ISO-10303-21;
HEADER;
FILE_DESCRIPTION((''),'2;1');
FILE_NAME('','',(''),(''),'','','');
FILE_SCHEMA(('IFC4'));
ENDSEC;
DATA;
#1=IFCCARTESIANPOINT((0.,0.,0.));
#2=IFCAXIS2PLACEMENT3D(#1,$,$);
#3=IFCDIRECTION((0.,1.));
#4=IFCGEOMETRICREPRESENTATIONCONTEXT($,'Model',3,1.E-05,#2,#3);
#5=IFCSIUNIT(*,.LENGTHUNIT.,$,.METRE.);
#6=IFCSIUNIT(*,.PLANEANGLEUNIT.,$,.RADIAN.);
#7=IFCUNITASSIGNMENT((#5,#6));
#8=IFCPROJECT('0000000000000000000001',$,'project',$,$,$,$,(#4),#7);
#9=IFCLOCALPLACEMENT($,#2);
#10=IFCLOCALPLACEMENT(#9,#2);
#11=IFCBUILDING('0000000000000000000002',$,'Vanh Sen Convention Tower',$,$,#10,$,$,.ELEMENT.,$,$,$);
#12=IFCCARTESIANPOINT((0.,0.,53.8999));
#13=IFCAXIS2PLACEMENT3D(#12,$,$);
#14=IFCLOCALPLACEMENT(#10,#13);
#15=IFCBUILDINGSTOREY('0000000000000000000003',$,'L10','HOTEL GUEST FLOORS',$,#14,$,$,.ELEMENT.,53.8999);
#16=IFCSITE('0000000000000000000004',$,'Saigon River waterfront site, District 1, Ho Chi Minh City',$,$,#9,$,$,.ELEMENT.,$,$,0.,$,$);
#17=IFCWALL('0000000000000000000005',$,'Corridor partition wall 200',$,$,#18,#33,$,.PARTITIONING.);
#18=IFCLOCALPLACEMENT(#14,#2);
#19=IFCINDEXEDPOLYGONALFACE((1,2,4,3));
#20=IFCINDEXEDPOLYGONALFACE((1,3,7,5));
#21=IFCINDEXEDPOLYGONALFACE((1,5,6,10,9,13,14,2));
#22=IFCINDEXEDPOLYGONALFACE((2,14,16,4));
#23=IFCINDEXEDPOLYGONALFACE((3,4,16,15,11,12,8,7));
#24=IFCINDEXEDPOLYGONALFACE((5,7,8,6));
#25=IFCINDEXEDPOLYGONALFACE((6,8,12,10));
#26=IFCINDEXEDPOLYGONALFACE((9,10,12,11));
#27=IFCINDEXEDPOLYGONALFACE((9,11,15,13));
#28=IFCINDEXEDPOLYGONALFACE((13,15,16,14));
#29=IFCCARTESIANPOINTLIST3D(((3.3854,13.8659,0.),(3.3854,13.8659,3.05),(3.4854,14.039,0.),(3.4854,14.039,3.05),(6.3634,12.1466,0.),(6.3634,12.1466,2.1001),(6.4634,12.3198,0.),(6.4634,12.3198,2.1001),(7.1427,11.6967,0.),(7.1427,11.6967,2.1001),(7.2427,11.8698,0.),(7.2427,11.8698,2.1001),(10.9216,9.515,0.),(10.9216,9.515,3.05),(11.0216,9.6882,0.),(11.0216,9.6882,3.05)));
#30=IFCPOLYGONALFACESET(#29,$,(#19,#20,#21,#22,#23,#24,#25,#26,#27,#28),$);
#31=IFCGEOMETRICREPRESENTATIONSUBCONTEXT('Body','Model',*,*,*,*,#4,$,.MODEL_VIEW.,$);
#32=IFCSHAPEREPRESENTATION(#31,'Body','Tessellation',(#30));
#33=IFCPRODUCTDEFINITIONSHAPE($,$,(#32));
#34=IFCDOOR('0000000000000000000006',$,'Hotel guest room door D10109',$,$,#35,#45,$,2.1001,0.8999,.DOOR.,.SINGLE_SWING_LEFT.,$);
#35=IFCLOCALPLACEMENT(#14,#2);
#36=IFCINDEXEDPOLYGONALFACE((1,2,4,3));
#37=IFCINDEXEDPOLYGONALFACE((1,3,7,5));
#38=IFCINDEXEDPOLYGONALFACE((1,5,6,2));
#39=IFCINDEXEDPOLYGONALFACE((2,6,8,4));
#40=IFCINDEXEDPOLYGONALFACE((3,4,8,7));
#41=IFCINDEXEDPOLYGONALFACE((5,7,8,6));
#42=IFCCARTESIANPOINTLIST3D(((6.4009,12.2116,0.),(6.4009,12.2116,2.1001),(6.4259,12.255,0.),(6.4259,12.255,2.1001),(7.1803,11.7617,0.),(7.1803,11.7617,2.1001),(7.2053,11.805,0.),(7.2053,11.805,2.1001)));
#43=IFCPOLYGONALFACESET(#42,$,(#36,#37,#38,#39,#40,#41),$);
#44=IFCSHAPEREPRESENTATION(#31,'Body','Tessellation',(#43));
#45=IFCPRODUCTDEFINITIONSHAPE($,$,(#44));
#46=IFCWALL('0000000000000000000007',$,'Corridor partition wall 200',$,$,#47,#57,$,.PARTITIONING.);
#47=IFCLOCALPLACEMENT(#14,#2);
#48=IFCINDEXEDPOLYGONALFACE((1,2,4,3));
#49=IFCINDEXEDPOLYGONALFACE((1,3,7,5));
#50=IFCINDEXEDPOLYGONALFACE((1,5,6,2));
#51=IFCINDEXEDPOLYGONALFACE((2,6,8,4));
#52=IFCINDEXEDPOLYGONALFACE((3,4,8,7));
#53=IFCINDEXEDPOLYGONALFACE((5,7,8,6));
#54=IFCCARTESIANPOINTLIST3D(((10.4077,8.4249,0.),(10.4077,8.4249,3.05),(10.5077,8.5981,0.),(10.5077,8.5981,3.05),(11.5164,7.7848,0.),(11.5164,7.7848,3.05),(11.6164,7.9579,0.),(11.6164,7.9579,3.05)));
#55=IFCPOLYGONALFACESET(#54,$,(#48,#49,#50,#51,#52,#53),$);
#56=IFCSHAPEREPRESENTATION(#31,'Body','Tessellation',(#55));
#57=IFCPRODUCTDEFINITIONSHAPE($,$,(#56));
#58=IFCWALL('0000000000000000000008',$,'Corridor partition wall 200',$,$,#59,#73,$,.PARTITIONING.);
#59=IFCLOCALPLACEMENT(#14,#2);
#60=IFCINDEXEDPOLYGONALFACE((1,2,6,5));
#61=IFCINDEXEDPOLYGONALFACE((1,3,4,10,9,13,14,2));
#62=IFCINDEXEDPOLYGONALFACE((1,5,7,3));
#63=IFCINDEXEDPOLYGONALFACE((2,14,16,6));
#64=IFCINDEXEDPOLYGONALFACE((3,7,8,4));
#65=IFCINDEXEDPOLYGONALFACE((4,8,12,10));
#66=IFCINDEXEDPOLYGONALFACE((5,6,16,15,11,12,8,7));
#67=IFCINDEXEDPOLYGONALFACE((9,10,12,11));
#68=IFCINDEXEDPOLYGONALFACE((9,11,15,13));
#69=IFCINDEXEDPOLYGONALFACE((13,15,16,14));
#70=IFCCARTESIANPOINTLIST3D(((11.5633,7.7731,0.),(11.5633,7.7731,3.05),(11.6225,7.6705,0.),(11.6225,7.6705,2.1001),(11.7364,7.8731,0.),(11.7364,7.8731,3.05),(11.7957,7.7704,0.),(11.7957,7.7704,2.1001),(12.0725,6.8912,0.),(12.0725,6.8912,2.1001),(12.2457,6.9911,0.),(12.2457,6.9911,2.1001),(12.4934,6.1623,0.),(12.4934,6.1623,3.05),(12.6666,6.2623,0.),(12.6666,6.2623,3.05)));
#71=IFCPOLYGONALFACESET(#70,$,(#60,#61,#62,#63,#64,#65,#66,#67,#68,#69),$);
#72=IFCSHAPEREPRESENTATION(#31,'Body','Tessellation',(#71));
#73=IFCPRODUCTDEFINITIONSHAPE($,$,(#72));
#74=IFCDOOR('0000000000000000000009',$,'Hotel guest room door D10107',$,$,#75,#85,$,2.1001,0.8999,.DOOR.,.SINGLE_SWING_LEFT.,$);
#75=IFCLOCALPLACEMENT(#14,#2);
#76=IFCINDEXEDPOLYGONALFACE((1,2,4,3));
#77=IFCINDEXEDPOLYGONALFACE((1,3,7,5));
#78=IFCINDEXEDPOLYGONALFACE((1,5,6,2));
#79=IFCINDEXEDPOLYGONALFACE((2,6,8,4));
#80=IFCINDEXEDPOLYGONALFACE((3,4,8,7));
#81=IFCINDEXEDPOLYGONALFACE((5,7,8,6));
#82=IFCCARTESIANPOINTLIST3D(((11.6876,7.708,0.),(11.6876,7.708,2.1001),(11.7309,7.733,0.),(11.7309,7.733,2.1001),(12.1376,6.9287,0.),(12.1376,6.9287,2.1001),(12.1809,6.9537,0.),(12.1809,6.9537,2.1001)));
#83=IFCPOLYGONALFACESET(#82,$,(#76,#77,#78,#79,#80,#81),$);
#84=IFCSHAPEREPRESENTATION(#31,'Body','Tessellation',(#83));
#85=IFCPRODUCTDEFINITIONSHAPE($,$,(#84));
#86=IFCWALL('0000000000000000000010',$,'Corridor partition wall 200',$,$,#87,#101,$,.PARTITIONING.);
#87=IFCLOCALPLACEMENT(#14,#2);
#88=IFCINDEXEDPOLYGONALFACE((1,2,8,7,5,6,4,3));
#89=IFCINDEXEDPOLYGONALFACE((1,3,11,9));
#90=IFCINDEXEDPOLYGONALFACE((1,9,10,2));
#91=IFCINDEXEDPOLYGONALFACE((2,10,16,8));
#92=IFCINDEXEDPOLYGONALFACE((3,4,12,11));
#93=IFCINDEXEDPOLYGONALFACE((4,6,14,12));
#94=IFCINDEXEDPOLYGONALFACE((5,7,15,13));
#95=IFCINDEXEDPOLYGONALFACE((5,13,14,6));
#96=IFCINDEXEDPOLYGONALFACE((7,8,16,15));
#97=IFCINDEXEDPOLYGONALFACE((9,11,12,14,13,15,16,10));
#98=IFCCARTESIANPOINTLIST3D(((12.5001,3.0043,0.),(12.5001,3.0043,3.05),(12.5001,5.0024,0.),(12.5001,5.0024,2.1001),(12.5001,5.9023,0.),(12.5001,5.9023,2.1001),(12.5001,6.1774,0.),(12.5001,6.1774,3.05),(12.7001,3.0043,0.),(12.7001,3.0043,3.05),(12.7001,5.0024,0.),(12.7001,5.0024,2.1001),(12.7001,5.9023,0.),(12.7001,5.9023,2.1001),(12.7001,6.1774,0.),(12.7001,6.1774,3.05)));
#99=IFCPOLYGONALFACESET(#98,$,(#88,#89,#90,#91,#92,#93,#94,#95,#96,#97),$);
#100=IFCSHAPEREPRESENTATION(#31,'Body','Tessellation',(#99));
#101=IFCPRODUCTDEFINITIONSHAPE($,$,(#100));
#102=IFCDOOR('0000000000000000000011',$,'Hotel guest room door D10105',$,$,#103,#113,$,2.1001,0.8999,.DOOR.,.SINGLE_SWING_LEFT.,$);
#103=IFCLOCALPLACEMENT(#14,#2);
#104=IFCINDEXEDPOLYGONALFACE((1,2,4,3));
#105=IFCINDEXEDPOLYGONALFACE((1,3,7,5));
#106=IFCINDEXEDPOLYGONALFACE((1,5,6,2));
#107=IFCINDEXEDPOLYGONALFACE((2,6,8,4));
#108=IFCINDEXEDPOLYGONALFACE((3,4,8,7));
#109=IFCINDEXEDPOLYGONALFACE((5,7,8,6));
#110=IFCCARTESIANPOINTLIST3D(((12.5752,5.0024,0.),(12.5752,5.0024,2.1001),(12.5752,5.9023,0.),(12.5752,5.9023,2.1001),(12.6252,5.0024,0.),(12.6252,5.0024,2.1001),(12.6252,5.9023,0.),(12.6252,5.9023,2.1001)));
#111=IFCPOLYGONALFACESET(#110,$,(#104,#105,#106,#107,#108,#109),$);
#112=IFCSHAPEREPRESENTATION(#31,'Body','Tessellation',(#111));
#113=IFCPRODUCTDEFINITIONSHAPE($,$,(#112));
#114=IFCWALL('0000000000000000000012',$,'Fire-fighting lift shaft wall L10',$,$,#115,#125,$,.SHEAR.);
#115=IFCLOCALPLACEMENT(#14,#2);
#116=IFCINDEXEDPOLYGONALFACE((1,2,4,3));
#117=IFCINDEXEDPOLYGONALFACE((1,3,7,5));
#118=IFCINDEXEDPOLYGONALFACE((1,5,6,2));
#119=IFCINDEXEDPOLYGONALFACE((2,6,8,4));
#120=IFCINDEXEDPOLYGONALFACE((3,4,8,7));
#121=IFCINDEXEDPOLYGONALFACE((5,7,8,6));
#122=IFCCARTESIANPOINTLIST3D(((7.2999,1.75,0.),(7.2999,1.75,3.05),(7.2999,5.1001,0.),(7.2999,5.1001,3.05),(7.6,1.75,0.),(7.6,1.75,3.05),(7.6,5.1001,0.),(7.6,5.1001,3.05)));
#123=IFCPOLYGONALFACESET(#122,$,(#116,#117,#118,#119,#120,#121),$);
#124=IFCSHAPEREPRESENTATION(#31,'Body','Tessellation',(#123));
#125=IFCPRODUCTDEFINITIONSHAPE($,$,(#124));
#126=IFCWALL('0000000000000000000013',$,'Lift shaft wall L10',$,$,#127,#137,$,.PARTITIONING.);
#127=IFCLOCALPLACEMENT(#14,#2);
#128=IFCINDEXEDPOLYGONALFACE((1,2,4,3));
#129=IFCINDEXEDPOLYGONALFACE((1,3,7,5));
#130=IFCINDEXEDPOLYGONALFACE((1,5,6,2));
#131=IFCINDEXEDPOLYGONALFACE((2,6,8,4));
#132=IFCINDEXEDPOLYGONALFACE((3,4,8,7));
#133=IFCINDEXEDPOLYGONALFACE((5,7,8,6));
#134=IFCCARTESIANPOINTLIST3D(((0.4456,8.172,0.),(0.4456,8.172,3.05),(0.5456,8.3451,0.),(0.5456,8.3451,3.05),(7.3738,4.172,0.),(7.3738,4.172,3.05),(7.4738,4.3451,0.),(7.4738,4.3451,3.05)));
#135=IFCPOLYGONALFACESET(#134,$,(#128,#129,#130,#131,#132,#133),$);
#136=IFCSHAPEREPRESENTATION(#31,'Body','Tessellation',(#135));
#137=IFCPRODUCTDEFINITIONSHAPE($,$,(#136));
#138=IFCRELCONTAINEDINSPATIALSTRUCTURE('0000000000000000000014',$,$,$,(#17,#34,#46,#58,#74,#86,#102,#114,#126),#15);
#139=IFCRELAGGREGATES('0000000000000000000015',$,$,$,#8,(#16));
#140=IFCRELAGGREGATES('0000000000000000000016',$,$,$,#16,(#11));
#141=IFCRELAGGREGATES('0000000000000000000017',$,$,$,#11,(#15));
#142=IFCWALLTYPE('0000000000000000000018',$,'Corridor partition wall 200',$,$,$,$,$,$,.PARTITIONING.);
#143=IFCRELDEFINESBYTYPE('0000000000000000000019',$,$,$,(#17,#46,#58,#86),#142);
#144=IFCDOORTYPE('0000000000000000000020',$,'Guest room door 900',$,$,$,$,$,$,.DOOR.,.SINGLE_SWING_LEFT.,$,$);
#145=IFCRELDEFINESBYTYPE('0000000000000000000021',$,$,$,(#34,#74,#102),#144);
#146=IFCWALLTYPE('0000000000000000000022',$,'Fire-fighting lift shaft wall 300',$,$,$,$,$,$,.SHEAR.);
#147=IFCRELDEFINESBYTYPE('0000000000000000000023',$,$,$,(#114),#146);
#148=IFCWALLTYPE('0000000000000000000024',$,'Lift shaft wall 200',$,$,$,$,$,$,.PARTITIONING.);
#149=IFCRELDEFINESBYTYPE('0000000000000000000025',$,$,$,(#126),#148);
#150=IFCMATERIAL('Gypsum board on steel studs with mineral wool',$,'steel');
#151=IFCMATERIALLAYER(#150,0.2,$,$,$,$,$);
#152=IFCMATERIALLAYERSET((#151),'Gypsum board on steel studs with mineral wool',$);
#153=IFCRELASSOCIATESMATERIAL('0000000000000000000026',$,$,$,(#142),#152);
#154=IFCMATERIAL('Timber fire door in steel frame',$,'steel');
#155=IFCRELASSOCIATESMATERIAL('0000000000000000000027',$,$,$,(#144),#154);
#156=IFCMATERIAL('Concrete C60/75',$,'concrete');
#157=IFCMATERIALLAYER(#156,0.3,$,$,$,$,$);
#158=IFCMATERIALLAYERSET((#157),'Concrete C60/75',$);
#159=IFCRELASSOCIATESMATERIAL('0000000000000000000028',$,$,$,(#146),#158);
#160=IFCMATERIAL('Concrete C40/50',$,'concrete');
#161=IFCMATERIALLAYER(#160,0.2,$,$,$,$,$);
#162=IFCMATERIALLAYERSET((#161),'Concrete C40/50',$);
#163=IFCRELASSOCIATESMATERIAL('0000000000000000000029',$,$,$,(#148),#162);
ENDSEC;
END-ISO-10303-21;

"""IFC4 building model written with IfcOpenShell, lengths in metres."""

from ifc_helpers import new_model, si_unit, direction, frame, frame_2d, origin, place, context, subcontext, project, spatial, rectangle, extrude, material, layer, layer_set, type_object, element, fill, save


model = new_model("IFC4")

# Units and contexts
model_context = context("Model", 3, precision=1e-05, world=origin(), true_north=direction((0.0, 1.0)))
body_context = subcontext(model_context, "Body", "Model", "MODEL_VIEW")
ifc_project = project(units=[si_unit("LENGTHUNIT", "METRE"), si_unit("PLANEANGLEUNIT", "RADIAN")], contexts=[model_context])

# Site, building, storey
site_placement = place(None, origin())
site = spatial("IfcSite", under=ifc_project, at=site_placement, Name="Saigon River waterfront site, District 1, Ho Chi Minh City", CompositionType="ELEMENT", RefElevation=0.0)
building_placement = place(site_placement, origin())
building = spatial("IfcBuilding", under=site, at=building_placement, Name="Vanh Sen Convention Tower", CompositionType="ELEMENT")
storey_placement = place(building_placement, frame((0.0, 0.0, 53.8999)))
storey = spatial("IfcBuildingStorey", under=building, at=storey_placement, Name="L10", Description="HOTEL GUEST FLOORS", CompositionType="ELEMENT", Elevation=53.8999)

# Shared definitions
ifc_material_1 = material(Name="Gypsum board on steel studs with mineral wool", Category="steel")
ifc_layer_1 = layer(ifc_material_1, 0.2)
ifc_layer_set_1 = layer_set([ifc_layer_1], Name="Gypsum board on steel studs with mineral wool")
wall_type_1 = type_object("IfcWallType", Name="Corridor partition wall 200", PredefinedType="PARTITIONING", material=ifc_layer_set_1)

# Wall, opening, door
wall_1_placement = place(storey_placement, frame((10.9717, 9.6016, 0.0), z_axis=(0.0, 0.0, 1.0), x_axis=(-0.866033, 0.499986, 0.0)))
wall_1 = element("IfcWall", 1, at=wall_1_placement, inside=storey, type_object=wall_type_1, Name="Corridor partition wall 200", PredefinedType="PARTITIONING", context=body_context, shape_type="SweptSolid", body=[
    extrude(rectangle(XDim=8.7019, YDim=0.2, at=frame_2d((4.3511, 0.0))), origin(), (0.0, 0.0, 1.0), 3.05),
])
opening_1_placement = place(wall_1_placement, frame((4.3635, 0.0, 0.0)))
opening_1 = element("IfcOpeningElement", 2, at=opening_1_placement, cuts=wall_1, PredefinedType="OPENING", context=body_context, shape_type="SweptSolid", body=[
    extrude(rectangle(XDim=0.8999, YDim=2.1001, at=frame_2d((0.45, 1.05))), frame((0.0, 0.1099, 0.0), z_axis=(0.0, -1.0, 0.0), x_axis=(1.0, 0.0, 0.0)), (0.0, 0.0, 1.0), 0.22),
])
ifc_material_2 = material(Name="Timber fire door in steel frame", Category="steel")
door_type_1 = type_object("IfcDoorType", Name="Guest room door 900", OperationType="SINGLE_SWING_LEFT", PredefinedType="DOOR", material=ifc_material_2)
door_1_placement = place(opening_1_placement, origin())
door_1 = element("IfcDoor", 3, at=door_1_placement, inside=storey, type_object=door_type_1, Name="Hotel guest room door D10109", OperationType="SINGLE_SWING_LEFT", OverallHeight=2.1001, OverallWidth=0.8999, PredefinedType="DOOR", context=body_context, shape_type="SweptSolid", body=[
    extrude(rectangle(XDim=0.8999, YDim=2.1001, at=frame_2d((0.45, 1.05))), frame((0.0, 0.0249, 0.0), z_axis=(0.0, -1.0, 0.0), x_axis=(1.0, 0.0, 0.0)), (0.0, 0.0, 1.0), 0.05),
])
fill(opening_1, door_1)

# Wall
wall_2_placement = place(storey_placement, frame((11.5664, 7.8713, 0.0), z_axis=(0.0, 0.0, 1.0), x_axis=(-0.866005, 0.500036, 0.0)))
element("IfcWall", 4, at=wall_2_placement, inside=storey, type_object=wall_type_1, Name="Corridor partition wall 200", PredefinedType="PARTITIONING", context=body_context, shape_type="SweptSolid", body=[
    extrude(rectangle(XDim=1.2803, YDim=0.2, at=frame_2d((0.6401, 0.0))), origin(), (0.0, 0.0, 1.0), 3.05),
])

# Walls, openings, doors
wall_3_placement = place(storey_placement, frame((12.5801, 6.2122, 0.0), z_axis=(0.0, 0.0, 1.0), x_axis=(-0.500063, 0.865989, 0.0)))
wall_3 = element("IfcWall", 5, at=wall_3_placement, inside=storey, type_object=wall_type_1, Name="Corridor partition wall 200", PredefinedType="PARTITIONING", context=body_context, shape_type="SweptSolid", body=[
    extrude(rectangle(XDim=1.8601, YDim=0.2, at=frame_2d((0.9302, 0.0))), origin(), (0.0, 0.0, 1.0), 3.05),
])
opening_2_placement = place(wall_3_placement, frame((0.8418, 0.0, 0.0)))
opening_2 = element("IfcOpeningElement", 6, at=opening_2_placement, cuts=wall_3, PredefinedType="OPENING", context=body_context, shape_type="SweptSolid", body=[
    extrude(rectangle(XDim=0.8999, YDim=2.1001, at=frame_2d((0.45, 1.05))), frame((0.0, 0.1099, 0.0), z_axis=(0.0, -1.0, 0.0), x_axis=(1.0, 0.0, 0.0)), (0.0, 0.0, 1.0), 0.22),
])
door_2_placement = place(opening_2_placement, origin())
door_2 = element("IfcDoor", 7, at=door_2_placement, inside=storey, type_object=door_type_1, Name="Hotel guest room door D10107", OperationType="SINGLE_SWING_LEFT", OverallHeight=2.1001, OverallWidth=0.8999, PredefinedType="DOOR", context=body_context, shape_type="SweptSolid", body=[
    extrude(rectangle(XDim=0.8999, YDim=2.1001, at=frame_2d((0.45, 1.05))), frame((0.0, 0.0249, 0.0), z_axis=(0.0, -1.0, 0.0), x_axis=(1.0, 0.0, 0.0)), (0.0, 0.0, 1.0), 0.05),
])
fill(opening_2, door_2)
wall_4_placement = place(storey_placement, frame((12.6001, 3.0044, 0.0), z_axis=(0.0, 0.0, 1.0), x_axis=(0.0, 1.0, 0.0)))
wall_4 = element("IfcWall", 8, at=wall_4_placement, inside=storey, type_object=wall_type_1, Name="Corridor partition wall 200", PredefinedType="PARTITIONING", context=body_context, shape_type="SweptSolid", body=[
    extrude(rectangle(XDim=3.1731, YDim=0.2, at=frame_2d((1.5864, 0.0))), origin(), (0.0, 0.0, 1.0), 3.05),
])
opening_3_placement = place(wall_4_placement, frame((1.998, 0.0, 0.0)))
opening_3 = element("IfcOpeningElement", 9, at=opening_3_placement, cuts=wall_4, PredefinedType="OPENING", context=body_context, shape_type="SweptSolid", body=[
    extrude(rectangle(XDim=0.8999, YDim=2.1001, at=frame_2d((0.45, 1.05))), frame((0.0, 0.1099, 0.0), z_axis=(0.0, -1.0, 0.0), x_axis=(1.0, 0.0, 0.0)), (0.0, 0.0, 1.0), 0.22),
])
door_3_placement = place(opening_3_placement, origin())
door_3 = element("IfcDoor", 10, at=door_3_placement, inside=storey, type_object=door_type_1, Name="Hotel guest room door D10105", OperationType="SINGLE_SWING_LEFT", OverallHeight=2.1001, OverallWidth=0.8999, PredefinedType="DOOR", context=body_context, shape_type="SweptSolid", body=[
    extrude(rectangle(XDim=0.8999, YDim=2.1001, at=frame_2d((0.45, 1.05))), frame((0.0, 0.0249, 0.0), z_axis=(0.0, -1.0, 0.0), x_axis=(1.0, 0.0, 0.0)), (0.0, 0.0, 1.0), 0.05),
])
fill(opening_3, door_3)

# Walls
ifc_material_3 = material(Name="Concrete C60/75", Category="concrete")
ifc_layer_2 = layer(ifc_material_3, 0.3)
ifc_layer_set_2 = layer_set([ifc_layer_2], Name="Concrete C60/75")
wall_type_2 = type_object("IfcWallType", Name="Fire-fighting lift shaft wall 300", PredefinedType="SHEAR", material=ifc_layer_set_2)
wall_5_placement = place(storey_placement, frame((7.45, 1.75, 0.0), z_axis=(0.0, 0.0, 1.0), x_axis=(0.0, 1.0, 0.0)))
element("IfcWall", 11, at=wall_5_placement, inside=storey, type_object=wall_type_2, Name="Fire-fighting lift shaft wall L10", PredefinedType="SHEAR", context=body_context, shape_type="SweptSolid", body=[
    extrude(rectangle(XDim=3.3501, YDim=0.3, at=frame_2d((1.675, 0.0))), origin(), (0.0, 0.0, 1.0), 3.05),
])
ifc_material_4 = material(Name="Concrete C40/50", Category="concrete")
ifc_layer_3 = layer(ifc_material_4, 0.2)
ifc_layer_set_3 = layer_set([ifc_layer_3], Name="Concrete C40/50")
wall_type_3 = type_object("IfcWallType", Name="Lift shaft wall 200", PredefinedType="PARTITIONING", material=ifc_layer_set_3)
wall_6_placement = place(storey_placement, frame((7.4238, 4.2585, 0.0), z_axis=(0.0, 0.0, 1.0), x_axis=(-0.866026, 0.499999, 0.0)))
element("IfcWall", 12, at=wall_6_placement, inside=storey, type_object=wall_type_3, Name="Lift shaft wall L10", PredefinedType="PARTITIONING", context=body_context, shape_type="SweptSolid", body=[
    extrude(rectangle(XDim=8.0, YDim=0.2, at=frame_2d((4.0, 0.0))), origin(), (0.0, 0.0, 1.0), 3.05),
])

save(model, "model.ifc")
